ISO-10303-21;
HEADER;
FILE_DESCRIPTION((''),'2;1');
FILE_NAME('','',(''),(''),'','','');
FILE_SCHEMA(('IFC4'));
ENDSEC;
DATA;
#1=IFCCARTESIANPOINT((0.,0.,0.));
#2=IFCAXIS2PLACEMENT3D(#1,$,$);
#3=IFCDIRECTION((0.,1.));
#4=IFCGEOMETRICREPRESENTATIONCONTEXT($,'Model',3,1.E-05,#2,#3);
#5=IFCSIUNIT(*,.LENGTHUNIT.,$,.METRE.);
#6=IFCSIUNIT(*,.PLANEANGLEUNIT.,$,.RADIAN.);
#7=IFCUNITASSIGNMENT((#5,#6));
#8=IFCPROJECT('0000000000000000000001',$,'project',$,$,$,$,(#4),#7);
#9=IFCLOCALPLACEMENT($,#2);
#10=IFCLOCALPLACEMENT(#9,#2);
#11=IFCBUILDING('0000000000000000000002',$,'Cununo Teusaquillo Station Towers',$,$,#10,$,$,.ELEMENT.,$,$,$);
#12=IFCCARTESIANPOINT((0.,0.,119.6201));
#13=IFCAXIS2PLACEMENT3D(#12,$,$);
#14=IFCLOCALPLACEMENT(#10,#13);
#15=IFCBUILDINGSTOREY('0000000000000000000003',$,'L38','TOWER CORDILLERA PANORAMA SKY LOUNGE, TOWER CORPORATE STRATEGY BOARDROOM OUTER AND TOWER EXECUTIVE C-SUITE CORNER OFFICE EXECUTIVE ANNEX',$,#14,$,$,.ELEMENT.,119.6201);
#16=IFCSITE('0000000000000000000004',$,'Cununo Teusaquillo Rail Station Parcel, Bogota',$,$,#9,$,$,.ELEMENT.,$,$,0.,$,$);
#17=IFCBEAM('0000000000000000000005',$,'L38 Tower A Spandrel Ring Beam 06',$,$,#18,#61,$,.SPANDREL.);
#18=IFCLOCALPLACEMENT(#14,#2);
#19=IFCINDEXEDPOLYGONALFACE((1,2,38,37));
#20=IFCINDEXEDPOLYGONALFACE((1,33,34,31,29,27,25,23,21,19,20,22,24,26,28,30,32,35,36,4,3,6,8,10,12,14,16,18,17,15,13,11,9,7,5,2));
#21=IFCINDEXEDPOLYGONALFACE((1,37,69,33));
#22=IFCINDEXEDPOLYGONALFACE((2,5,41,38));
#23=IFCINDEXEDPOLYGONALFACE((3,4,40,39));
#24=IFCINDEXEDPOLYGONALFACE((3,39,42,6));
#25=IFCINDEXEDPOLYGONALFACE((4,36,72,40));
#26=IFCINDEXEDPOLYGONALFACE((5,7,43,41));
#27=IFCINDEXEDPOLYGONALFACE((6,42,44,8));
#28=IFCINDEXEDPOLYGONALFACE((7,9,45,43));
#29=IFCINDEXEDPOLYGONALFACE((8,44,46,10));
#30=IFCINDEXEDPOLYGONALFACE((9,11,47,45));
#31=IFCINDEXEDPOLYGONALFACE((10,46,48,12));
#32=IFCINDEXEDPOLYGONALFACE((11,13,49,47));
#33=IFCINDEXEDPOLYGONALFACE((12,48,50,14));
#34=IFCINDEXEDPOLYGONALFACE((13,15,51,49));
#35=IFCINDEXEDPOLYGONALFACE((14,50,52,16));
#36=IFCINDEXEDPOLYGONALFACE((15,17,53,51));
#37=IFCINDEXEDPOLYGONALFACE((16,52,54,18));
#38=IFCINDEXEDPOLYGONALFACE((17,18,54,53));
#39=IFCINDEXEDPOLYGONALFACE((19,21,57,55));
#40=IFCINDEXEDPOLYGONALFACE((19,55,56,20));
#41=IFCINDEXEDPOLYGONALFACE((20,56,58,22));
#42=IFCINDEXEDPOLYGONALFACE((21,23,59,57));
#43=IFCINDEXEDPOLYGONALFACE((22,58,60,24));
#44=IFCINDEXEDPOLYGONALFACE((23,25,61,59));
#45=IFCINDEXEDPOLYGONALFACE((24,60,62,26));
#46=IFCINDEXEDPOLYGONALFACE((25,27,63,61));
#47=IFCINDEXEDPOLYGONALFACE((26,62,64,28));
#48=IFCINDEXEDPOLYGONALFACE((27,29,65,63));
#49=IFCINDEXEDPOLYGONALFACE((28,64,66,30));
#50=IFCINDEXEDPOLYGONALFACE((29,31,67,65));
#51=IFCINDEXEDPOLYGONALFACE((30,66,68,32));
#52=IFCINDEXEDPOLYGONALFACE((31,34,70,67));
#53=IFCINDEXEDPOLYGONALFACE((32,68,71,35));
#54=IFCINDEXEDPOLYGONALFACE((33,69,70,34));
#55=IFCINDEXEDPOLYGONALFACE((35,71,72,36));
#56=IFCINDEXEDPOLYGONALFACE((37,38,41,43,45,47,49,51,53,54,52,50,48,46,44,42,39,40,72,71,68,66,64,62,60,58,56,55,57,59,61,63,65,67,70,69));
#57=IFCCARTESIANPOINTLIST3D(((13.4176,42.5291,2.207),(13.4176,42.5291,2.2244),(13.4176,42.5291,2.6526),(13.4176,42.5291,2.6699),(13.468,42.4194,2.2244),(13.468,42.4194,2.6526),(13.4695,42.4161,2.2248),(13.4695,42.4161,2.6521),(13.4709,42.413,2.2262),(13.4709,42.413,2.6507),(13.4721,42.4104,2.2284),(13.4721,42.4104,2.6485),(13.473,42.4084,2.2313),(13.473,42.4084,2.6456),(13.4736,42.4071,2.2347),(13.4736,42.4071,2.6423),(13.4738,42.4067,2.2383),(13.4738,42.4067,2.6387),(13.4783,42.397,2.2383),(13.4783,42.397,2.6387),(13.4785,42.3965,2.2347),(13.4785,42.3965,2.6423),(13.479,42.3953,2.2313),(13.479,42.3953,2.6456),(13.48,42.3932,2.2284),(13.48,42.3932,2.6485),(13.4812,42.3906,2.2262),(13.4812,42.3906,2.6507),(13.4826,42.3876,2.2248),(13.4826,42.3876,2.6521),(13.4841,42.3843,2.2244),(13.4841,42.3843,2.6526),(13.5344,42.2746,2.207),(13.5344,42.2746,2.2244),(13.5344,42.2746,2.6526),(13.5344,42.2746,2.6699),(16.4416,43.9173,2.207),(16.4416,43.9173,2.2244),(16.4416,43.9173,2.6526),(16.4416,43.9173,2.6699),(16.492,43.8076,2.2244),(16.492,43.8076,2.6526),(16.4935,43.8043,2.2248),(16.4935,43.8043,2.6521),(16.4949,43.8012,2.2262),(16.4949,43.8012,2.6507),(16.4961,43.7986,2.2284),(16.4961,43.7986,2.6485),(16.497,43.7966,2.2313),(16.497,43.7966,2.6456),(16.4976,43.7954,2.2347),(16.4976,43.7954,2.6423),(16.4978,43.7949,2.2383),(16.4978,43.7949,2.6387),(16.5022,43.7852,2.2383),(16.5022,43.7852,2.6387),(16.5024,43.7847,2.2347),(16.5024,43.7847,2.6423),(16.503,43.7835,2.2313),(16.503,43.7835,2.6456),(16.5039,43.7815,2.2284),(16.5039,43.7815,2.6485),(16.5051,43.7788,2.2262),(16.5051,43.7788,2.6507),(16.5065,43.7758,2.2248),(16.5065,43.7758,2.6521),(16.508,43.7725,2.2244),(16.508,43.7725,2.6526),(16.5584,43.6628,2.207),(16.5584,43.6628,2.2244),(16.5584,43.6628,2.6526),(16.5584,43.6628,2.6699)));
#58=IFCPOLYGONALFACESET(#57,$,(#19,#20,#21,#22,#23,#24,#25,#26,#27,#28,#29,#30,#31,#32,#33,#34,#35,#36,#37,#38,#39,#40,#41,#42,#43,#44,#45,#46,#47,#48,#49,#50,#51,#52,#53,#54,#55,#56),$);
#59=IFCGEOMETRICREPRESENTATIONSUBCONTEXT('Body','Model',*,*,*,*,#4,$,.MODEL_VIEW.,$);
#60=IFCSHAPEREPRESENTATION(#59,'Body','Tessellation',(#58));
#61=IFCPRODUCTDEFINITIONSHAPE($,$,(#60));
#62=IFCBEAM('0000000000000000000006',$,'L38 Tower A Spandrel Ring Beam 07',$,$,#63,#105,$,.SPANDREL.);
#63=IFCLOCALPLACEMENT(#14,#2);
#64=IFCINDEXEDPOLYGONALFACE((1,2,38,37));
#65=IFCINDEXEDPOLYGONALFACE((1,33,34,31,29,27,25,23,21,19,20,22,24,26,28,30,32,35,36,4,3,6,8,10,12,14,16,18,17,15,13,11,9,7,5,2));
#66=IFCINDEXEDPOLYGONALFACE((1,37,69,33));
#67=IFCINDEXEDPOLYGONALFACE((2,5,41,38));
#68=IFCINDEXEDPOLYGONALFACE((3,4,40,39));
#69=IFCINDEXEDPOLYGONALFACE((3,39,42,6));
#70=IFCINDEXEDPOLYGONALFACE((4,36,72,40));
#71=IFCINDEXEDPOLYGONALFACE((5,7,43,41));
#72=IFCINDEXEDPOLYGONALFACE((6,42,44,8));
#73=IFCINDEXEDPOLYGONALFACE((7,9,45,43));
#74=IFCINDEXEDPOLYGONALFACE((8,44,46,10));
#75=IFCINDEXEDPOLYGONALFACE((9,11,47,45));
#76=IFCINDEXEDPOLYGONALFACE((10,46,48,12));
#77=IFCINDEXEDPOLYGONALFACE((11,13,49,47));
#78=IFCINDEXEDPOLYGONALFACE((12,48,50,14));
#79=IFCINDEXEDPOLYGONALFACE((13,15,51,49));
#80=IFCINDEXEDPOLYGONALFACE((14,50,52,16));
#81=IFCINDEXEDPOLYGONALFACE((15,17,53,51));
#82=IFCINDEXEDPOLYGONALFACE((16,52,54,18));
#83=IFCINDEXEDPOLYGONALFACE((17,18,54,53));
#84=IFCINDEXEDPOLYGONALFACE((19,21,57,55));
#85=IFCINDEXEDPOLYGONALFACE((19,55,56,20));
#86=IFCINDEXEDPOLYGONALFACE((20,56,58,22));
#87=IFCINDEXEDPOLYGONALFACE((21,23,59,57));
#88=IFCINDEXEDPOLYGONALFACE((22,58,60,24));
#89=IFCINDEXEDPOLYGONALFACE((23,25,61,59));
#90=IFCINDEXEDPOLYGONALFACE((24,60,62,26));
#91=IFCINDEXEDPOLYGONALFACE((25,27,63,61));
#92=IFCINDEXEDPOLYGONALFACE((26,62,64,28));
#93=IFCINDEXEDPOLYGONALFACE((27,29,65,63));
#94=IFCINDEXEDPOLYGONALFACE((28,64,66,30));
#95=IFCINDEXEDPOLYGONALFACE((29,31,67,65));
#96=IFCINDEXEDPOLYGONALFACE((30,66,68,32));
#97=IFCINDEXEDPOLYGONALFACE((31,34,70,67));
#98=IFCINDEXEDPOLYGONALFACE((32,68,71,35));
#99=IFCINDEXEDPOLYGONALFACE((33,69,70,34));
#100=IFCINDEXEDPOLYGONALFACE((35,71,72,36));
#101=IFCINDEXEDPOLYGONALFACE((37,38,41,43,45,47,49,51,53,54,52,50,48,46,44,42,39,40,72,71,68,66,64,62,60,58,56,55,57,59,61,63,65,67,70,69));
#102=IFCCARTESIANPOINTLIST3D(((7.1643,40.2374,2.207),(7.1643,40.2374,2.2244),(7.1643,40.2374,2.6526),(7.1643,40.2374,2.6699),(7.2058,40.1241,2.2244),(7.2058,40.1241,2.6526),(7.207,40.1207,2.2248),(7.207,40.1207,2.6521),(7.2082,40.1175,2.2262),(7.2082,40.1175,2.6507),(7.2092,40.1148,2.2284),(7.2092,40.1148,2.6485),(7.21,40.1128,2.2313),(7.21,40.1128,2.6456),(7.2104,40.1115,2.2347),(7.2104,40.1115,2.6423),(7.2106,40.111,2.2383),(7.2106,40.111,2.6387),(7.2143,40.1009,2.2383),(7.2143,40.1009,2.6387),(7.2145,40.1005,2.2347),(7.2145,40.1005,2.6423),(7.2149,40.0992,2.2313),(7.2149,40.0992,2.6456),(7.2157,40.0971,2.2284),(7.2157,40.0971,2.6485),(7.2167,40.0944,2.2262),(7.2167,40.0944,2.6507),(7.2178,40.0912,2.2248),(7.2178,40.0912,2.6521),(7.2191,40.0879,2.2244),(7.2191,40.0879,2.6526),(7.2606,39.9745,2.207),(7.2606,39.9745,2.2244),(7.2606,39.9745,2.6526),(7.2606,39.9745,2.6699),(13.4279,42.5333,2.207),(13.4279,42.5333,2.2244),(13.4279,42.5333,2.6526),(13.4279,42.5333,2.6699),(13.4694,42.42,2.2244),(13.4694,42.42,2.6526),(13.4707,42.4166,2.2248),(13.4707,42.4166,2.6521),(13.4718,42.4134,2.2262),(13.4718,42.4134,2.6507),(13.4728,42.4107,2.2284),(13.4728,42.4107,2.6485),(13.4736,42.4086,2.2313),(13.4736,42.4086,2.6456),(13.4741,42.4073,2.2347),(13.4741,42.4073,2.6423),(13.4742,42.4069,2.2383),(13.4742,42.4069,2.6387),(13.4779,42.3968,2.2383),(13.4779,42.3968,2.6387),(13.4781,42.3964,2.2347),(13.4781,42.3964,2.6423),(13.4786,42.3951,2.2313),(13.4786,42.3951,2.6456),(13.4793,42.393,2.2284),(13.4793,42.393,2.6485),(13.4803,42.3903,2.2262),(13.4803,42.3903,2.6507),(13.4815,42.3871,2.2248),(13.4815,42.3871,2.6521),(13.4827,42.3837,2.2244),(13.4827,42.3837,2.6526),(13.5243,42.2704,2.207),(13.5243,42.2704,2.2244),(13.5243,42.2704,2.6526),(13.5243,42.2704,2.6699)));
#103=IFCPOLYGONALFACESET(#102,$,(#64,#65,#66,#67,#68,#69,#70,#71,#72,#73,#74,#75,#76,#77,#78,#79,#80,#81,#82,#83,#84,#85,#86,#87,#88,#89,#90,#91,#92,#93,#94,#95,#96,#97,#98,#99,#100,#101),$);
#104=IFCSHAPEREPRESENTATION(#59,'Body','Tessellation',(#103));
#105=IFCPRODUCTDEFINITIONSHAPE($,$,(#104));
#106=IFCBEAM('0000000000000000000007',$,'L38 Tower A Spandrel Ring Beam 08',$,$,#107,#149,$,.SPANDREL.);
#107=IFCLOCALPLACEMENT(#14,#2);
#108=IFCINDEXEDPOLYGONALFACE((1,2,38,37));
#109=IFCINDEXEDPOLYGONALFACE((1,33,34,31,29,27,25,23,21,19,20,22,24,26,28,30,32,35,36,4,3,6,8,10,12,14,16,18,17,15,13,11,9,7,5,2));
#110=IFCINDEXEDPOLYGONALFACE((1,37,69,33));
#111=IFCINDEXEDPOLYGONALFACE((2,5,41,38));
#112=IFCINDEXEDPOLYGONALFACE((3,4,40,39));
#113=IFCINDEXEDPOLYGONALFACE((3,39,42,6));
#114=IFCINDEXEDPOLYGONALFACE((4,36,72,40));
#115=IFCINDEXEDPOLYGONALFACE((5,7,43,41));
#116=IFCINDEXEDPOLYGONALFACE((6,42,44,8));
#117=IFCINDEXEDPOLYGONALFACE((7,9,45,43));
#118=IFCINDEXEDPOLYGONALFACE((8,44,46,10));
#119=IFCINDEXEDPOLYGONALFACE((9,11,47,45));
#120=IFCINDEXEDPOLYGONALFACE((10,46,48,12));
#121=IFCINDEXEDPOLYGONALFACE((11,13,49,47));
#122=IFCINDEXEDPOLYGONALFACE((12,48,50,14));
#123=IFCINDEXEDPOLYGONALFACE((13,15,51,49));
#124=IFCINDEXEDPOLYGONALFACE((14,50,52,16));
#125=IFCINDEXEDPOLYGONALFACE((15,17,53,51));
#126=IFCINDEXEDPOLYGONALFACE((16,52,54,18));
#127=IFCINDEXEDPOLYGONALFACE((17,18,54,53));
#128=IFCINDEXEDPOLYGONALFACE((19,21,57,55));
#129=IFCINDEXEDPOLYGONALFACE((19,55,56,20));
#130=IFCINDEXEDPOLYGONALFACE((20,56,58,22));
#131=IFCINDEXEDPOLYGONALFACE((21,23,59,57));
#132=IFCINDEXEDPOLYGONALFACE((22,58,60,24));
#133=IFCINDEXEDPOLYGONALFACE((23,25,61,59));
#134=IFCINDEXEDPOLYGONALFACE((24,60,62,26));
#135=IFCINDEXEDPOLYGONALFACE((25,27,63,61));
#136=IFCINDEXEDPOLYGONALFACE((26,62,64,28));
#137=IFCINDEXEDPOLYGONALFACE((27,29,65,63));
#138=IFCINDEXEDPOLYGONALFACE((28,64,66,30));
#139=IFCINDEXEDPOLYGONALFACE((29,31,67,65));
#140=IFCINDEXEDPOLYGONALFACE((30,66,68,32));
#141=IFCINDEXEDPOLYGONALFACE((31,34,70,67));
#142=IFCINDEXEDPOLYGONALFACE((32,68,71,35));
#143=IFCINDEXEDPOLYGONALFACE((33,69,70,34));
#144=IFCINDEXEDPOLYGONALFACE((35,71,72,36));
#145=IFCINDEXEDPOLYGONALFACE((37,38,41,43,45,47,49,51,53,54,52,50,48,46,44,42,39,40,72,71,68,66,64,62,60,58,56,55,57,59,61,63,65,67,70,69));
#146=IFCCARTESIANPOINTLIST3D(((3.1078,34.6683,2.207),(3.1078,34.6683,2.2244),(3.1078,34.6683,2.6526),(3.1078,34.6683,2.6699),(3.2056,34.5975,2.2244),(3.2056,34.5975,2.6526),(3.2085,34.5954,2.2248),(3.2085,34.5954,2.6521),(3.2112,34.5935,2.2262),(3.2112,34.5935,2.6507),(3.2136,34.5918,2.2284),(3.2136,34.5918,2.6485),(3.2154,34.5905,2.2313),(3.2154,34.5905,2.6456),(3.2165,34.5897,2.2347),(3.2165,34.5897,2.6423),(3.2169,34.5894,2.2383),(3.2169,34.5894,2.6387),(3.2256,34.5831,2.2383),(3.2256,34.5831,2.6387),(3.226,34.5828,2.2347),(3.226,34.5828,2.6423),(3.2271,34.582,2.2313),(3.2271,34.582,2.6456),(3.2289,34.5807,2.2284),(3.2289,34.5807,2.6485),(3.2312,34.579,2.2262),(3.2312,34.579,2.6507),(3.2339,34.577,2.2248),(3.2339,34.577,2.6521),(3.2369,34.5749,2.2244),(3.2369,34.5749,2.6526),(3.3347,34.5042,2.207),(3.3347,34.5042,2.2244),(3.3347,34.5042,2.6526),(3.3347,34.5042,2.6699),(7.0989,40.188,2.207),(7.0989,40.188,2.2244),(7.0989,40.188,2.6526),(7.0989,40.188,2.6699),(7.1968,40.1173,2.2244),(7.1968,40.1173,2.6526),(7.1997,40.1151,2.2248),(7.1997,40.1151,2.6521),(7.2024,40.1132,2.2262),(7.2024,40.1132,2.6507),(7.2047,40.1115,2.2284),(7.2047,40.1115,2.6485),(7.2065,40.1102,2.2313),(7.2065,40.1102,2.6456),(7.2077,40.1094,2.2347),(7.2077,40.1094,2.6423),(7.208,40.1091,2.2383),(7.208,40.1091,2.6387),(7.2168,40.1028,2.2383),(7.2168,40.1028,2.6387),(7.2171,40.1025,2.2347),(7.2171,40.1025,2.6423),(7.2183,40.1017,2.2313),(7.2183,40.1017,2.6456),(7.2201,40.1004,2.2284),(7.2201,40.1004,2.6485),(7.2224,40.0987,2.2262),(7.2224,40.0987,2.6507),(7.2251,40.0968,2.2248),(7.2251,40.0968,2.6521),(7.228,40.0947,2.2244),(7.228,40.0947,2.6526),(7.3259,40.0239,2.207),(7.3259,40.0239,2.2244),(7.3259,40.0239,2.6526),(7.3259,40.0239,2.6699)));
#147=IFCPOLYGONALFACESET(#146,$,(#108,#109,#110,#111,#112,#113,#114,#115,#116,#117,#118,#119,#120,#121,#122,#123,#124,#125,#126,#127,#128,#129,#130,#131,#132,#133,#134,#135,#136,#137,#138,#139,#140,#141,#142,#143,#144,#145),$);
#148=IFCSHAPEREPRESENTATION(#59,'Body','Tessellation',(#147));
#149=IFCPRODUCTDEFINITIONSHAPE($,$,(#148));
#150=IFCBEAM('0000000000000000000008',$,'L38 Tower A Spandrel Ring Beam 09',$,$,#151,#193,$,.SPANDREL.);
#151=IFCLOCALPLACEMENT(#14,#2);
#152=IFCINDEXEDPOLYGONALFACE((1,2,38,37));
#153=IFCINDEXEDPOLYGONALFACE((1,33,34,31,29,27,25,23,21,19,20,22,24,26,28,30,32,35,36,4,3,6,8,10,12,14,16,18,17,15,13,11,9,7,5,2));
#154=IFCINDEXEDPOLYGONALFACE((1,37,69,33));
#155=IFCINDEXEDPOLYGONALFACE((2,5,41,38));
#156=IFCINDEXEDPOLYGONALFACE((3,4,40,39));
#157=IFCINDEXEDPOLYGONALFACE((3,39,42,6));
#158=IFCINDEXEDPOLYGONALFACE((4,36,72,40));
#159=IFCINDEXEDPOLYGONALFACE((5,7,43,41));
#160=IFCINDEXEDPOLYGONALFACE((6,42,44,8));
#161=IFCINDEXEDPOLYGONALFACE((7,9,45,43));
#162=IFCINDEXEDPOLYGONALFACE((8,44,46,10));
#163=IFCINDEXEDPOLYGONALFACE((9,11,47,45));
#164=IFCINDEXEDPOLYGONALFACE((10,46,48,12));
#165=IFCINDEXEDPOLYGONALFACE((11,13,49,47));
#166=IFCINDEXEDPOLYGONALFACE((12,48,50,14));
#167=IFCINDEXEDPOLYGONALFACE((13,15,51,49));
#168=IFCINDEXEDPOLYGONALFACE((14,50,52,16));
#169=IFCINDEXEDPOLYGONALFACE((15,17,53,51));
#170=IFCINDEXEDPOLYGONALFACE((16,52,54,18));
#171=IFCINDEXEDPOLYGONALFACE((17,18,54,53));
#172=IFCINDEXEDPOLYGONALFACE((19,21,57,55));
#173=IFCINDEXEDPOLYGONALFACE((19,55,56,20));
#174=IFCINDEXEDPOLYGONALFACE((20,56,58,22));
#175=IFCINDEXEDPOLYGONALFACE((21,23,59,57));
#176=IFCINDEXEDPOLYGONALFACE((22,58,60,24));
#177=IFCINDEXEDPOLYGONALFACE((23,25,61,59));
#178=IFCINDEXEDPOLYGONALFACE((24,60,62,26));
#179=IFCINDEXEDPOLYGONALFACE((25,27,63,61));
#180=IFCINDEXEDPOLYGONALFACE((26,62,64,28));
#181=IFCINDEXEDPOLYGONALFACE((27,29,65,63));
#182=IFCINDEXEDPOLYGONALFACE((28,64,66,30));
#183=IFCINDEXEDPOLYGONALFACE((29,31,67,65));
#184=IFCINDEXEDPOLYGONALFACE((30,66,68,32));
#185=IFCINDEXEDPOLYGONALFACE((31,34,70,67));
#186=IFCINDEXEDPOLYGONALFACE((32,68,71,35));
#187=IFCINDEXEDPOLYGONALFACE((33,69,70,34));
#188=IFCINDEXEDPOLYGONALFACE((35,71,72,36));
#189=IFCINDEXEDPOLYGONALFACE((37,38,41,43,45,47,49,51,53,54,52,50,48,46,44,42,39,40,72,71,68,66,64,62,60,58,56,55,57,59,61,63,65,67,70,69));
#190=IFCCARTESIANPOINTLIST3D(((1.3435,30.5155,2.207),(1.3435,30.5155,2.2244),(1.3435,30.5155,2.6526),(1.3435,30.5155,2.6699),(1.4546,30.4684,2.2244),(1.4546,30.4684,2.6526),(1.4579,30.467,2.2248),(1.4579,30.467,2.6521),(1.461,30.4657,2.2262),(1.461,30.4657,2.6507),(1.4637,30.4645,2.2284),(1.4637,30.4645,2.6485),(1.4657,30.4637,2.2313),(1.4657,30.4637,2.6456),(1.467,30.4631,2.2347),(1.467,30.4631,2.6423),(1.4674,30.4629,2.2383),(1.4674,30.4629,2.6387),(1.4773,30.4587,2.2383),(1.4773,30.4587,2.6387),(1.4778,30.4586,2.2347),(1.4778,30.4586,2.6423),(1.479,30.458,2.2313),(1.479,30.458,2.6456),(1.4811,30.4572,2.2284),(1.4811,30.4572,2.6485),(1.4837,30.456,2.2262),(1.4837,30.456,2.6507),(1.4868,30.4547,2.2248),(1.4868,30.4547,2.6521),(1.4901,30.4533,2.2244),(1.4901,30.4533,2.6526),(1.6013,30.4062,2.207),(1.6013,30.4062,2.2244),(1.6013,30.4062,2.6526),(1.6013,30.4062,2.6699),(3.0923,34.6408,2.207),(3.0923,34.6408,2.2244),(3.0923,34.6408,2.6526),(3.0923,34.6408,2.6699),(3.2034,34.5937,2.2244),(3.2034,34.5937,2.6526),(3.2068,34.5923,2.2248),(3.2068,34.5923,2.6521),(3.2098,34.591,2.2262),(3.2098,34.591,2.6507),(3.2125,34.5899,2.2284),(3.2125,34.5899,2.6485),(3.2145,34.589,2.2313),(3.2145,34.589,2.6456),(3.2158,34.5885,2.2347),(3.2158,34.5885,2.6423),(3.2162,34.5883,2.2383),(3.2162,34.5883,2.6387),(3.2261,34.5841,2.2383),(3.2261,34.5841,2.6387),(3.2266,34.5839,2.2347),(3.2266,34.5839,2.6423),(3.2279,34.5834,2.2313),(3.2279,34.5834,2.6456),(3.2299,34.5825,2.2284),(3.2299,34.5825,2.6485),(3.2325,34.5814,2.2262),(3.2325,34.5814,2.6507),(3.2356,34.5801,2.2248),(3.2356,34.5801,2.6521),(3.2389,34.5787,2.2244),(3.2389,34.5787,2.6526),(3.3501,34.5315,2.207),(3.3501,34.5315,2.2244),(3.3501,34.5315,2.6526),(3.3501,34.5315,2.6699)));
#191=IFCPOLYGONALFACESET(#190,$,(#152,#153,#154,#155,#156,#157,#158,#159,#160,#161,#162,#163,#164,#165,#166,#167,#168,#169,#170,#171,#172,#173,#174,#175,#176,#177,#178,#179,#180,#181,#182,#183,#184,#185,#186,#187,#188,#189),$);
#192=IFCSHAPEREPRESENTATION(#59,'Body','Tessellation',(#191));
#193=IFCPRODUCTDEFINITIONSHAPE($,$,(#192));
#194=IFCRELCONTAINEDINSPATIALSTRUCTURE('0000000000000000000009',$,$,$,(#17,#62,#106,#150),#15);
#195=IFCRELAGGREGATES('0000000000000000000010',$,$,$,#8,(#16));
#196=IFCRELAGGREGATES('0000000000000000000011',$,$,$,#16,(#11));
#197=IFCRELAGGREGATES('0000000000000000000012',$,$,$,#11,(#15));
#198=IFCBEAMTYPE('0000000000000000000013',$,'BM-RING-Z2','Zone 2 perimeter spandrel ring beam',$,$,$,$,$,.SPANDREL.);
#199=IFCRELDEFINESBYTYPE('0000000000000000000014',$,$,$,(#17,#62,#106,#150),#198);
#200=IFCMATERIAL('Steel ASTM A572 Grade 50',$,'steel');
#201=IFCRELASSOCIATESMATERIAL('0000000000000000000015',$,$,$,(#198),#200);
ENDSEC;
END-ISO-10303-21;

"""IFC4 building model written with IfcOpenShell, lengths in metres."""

from ifc_helpers import new_model, si_unit, direction, frame, origin, origin_2d, place, context, subcontext, project, spatial, i_section, extrude, material, material_profile, profile_set, type_object, element, save


model = new_model("IFC4")

# Units and contexts
model_context = context("Model", 3, precision=1e-05, world=origin(), true_north=direction((0.0, 1.0)))
body_context = subcontext(model_context, "Body", "Model", "MODEL_VIEW")
ifc_project = project(units=[si_unit("LENGTHUNIT", "METRE"), si_unit("PLANEANGLEUNIT", "RADIAN")], contexts=[model_context])

# Site, building, storey
site_placement = place(None, origin())
site = spatial("IfcSite", under=ifc_project, at=site_placement, Name="Cununo Teusaquillo Rail Station Parcel, Bogota", CompositionType="ELEMENT", RefElevation=0.0)
building_placement = place(site_placement, origin())
building = spatial("IfcBuilding", under=site, at=building_placement, Name="Cununo Teusaquillo Station Towers", CompositionType="ELEMENT")
storey_placement = place(building_placement, frame((0.0, 0.0, 119.6201)))
storey = spatial("IfcBuildingStorey", under=building, at=storey_placement, Name="L38", Description="TOWER CORDILLERA PANORAMA SKY LOUNGE, TOWER CORPORATE STRATEGY BOARDROOM OUTER AND TOWER EXECUTIVE C-SUITE CORNER OFFICE EXECUTIVE ANNEX", CompositionType="ELEMENT", Elevation=119.6201)

# Beams
ifc_material_1 = material(Name="Steel ASTM A572 Grade 50", Category="steel")
ifc_material_profile_1 = material_profile(ifc_material_1, i_section(OverallWidth=0.28, OverallDepth=0.4629, WebThickness=0.0107, FlangeThickness=0.0173, FilletRadius=0.0139, at=origin_2d()), Name="W18X76")
ifc_profile_set_1 = profile_set([ifc_material_profile_1], Name="Steel ASTM A572 Grade 50")
beam_type_1 = type_object("IfcBeamType", Name="BM-RING-Z2", Description="Zone 2 perimeter spandrel ring beam", PredefinedType="SPANDREL", material=ifc_profile_set_1)
beam_1_placement = place(storey_placement, frame((16.5, 43.79, 2.4385), z_axis=(-0.908812, -0.417205, 0.0), x_axis=(0.417205, -0.908812, 0.0)))
element("IfcBeam", 1, at=beam_1_placement, inside=storey, type_object=beam_type_1, Name="L38 Tower A Spandrel Ring Beam 06", PredefinedType="SPANDREL", context=body_context, shape_type="SweptSolid", body=[
    extrude(i_section(OverallWidth=0.28, OverallDepth=0.4629, WebThickness=0.0107, FlangeThickness=0.0173, FilletRadius=0.0139, at=origin_2d()), origin(), (0.0, 0.0, 1.0), 3.3274),
])
beam_2_placement = place(storey_placement, frame((13.4761, 42.4019, 2.4385), z_axis=(-0.938914, -0.344151, 0.0), x_axis=(0.344151, -0.938914, 0.0)))
element("IfcBeam", 2, at=beam_2_placement, inside=storey, type_object=beam_type_1, Name="L38 Tower A Spandrel Ring Beam 07", PredefinedType="SPANDREL", context=body_context, shape_type="SweptSolid", body=[
    extrude(i_section(OverallWidth=0.28, OverallDepth=0.4629, WebThickness=0.0107, FlangeThickness=0.0173, FilletRadius=0.0139, at=origin_2d()), origin(), (0.0, 0.0, 1.0), 6.6711),
])
beam_3_placement = place(storey_placement, frame((7.2124, 40.106, 2.4385), z_axis=(-0.585945, -0.810351, 0.0), x_axis=(0.810351, -0.585945, 0.0)))
element("IfcBeam", 3, at=beam_3_placement, inside=storey, type_object=beam_type_1, Name="L38 Tower A Spandrel Ring Beam 08", PredefinedType="SPANDREL", context=body_context, shape_type="SweptSolid", body=[
    extrude(i_section(OverallWidth=0.28, OverallDepth=0.4629, WebThickness=0.0107, FlangeThickness=0.0173, FilletRadius=0.0139, at=origin_2d()), origin(), (0.0, 0.0, 1.0), 6.8115),
])
beam_4_placement = place(storey_placement, frame((3.2212, 34.5862, 2.4385), z_axis=(-0.390299, -0.920688, 0.0), x_axis=(0.920688, -0.390299, 0.0)))
element("IfcBeam", 4, at=beam_4_placement, inside=storey, type_object=beam_type_1, Name="L38 Tower A Spandrel Ring Beam 09", PredefinedType="SPANDREL", context=body_context, shape_type="SweptSolid", body=[
    extrude(i_section(OverallWidth=0.28, OverallDepth=0.4629, WebThickness=0.0107, FlangeThickness=0.0173, FilletRadius=0.0139, at=origin_2d()), origin(), (0.0, 0.0, 1.0), 4.4807),
])

save(model, "model.ifc")
